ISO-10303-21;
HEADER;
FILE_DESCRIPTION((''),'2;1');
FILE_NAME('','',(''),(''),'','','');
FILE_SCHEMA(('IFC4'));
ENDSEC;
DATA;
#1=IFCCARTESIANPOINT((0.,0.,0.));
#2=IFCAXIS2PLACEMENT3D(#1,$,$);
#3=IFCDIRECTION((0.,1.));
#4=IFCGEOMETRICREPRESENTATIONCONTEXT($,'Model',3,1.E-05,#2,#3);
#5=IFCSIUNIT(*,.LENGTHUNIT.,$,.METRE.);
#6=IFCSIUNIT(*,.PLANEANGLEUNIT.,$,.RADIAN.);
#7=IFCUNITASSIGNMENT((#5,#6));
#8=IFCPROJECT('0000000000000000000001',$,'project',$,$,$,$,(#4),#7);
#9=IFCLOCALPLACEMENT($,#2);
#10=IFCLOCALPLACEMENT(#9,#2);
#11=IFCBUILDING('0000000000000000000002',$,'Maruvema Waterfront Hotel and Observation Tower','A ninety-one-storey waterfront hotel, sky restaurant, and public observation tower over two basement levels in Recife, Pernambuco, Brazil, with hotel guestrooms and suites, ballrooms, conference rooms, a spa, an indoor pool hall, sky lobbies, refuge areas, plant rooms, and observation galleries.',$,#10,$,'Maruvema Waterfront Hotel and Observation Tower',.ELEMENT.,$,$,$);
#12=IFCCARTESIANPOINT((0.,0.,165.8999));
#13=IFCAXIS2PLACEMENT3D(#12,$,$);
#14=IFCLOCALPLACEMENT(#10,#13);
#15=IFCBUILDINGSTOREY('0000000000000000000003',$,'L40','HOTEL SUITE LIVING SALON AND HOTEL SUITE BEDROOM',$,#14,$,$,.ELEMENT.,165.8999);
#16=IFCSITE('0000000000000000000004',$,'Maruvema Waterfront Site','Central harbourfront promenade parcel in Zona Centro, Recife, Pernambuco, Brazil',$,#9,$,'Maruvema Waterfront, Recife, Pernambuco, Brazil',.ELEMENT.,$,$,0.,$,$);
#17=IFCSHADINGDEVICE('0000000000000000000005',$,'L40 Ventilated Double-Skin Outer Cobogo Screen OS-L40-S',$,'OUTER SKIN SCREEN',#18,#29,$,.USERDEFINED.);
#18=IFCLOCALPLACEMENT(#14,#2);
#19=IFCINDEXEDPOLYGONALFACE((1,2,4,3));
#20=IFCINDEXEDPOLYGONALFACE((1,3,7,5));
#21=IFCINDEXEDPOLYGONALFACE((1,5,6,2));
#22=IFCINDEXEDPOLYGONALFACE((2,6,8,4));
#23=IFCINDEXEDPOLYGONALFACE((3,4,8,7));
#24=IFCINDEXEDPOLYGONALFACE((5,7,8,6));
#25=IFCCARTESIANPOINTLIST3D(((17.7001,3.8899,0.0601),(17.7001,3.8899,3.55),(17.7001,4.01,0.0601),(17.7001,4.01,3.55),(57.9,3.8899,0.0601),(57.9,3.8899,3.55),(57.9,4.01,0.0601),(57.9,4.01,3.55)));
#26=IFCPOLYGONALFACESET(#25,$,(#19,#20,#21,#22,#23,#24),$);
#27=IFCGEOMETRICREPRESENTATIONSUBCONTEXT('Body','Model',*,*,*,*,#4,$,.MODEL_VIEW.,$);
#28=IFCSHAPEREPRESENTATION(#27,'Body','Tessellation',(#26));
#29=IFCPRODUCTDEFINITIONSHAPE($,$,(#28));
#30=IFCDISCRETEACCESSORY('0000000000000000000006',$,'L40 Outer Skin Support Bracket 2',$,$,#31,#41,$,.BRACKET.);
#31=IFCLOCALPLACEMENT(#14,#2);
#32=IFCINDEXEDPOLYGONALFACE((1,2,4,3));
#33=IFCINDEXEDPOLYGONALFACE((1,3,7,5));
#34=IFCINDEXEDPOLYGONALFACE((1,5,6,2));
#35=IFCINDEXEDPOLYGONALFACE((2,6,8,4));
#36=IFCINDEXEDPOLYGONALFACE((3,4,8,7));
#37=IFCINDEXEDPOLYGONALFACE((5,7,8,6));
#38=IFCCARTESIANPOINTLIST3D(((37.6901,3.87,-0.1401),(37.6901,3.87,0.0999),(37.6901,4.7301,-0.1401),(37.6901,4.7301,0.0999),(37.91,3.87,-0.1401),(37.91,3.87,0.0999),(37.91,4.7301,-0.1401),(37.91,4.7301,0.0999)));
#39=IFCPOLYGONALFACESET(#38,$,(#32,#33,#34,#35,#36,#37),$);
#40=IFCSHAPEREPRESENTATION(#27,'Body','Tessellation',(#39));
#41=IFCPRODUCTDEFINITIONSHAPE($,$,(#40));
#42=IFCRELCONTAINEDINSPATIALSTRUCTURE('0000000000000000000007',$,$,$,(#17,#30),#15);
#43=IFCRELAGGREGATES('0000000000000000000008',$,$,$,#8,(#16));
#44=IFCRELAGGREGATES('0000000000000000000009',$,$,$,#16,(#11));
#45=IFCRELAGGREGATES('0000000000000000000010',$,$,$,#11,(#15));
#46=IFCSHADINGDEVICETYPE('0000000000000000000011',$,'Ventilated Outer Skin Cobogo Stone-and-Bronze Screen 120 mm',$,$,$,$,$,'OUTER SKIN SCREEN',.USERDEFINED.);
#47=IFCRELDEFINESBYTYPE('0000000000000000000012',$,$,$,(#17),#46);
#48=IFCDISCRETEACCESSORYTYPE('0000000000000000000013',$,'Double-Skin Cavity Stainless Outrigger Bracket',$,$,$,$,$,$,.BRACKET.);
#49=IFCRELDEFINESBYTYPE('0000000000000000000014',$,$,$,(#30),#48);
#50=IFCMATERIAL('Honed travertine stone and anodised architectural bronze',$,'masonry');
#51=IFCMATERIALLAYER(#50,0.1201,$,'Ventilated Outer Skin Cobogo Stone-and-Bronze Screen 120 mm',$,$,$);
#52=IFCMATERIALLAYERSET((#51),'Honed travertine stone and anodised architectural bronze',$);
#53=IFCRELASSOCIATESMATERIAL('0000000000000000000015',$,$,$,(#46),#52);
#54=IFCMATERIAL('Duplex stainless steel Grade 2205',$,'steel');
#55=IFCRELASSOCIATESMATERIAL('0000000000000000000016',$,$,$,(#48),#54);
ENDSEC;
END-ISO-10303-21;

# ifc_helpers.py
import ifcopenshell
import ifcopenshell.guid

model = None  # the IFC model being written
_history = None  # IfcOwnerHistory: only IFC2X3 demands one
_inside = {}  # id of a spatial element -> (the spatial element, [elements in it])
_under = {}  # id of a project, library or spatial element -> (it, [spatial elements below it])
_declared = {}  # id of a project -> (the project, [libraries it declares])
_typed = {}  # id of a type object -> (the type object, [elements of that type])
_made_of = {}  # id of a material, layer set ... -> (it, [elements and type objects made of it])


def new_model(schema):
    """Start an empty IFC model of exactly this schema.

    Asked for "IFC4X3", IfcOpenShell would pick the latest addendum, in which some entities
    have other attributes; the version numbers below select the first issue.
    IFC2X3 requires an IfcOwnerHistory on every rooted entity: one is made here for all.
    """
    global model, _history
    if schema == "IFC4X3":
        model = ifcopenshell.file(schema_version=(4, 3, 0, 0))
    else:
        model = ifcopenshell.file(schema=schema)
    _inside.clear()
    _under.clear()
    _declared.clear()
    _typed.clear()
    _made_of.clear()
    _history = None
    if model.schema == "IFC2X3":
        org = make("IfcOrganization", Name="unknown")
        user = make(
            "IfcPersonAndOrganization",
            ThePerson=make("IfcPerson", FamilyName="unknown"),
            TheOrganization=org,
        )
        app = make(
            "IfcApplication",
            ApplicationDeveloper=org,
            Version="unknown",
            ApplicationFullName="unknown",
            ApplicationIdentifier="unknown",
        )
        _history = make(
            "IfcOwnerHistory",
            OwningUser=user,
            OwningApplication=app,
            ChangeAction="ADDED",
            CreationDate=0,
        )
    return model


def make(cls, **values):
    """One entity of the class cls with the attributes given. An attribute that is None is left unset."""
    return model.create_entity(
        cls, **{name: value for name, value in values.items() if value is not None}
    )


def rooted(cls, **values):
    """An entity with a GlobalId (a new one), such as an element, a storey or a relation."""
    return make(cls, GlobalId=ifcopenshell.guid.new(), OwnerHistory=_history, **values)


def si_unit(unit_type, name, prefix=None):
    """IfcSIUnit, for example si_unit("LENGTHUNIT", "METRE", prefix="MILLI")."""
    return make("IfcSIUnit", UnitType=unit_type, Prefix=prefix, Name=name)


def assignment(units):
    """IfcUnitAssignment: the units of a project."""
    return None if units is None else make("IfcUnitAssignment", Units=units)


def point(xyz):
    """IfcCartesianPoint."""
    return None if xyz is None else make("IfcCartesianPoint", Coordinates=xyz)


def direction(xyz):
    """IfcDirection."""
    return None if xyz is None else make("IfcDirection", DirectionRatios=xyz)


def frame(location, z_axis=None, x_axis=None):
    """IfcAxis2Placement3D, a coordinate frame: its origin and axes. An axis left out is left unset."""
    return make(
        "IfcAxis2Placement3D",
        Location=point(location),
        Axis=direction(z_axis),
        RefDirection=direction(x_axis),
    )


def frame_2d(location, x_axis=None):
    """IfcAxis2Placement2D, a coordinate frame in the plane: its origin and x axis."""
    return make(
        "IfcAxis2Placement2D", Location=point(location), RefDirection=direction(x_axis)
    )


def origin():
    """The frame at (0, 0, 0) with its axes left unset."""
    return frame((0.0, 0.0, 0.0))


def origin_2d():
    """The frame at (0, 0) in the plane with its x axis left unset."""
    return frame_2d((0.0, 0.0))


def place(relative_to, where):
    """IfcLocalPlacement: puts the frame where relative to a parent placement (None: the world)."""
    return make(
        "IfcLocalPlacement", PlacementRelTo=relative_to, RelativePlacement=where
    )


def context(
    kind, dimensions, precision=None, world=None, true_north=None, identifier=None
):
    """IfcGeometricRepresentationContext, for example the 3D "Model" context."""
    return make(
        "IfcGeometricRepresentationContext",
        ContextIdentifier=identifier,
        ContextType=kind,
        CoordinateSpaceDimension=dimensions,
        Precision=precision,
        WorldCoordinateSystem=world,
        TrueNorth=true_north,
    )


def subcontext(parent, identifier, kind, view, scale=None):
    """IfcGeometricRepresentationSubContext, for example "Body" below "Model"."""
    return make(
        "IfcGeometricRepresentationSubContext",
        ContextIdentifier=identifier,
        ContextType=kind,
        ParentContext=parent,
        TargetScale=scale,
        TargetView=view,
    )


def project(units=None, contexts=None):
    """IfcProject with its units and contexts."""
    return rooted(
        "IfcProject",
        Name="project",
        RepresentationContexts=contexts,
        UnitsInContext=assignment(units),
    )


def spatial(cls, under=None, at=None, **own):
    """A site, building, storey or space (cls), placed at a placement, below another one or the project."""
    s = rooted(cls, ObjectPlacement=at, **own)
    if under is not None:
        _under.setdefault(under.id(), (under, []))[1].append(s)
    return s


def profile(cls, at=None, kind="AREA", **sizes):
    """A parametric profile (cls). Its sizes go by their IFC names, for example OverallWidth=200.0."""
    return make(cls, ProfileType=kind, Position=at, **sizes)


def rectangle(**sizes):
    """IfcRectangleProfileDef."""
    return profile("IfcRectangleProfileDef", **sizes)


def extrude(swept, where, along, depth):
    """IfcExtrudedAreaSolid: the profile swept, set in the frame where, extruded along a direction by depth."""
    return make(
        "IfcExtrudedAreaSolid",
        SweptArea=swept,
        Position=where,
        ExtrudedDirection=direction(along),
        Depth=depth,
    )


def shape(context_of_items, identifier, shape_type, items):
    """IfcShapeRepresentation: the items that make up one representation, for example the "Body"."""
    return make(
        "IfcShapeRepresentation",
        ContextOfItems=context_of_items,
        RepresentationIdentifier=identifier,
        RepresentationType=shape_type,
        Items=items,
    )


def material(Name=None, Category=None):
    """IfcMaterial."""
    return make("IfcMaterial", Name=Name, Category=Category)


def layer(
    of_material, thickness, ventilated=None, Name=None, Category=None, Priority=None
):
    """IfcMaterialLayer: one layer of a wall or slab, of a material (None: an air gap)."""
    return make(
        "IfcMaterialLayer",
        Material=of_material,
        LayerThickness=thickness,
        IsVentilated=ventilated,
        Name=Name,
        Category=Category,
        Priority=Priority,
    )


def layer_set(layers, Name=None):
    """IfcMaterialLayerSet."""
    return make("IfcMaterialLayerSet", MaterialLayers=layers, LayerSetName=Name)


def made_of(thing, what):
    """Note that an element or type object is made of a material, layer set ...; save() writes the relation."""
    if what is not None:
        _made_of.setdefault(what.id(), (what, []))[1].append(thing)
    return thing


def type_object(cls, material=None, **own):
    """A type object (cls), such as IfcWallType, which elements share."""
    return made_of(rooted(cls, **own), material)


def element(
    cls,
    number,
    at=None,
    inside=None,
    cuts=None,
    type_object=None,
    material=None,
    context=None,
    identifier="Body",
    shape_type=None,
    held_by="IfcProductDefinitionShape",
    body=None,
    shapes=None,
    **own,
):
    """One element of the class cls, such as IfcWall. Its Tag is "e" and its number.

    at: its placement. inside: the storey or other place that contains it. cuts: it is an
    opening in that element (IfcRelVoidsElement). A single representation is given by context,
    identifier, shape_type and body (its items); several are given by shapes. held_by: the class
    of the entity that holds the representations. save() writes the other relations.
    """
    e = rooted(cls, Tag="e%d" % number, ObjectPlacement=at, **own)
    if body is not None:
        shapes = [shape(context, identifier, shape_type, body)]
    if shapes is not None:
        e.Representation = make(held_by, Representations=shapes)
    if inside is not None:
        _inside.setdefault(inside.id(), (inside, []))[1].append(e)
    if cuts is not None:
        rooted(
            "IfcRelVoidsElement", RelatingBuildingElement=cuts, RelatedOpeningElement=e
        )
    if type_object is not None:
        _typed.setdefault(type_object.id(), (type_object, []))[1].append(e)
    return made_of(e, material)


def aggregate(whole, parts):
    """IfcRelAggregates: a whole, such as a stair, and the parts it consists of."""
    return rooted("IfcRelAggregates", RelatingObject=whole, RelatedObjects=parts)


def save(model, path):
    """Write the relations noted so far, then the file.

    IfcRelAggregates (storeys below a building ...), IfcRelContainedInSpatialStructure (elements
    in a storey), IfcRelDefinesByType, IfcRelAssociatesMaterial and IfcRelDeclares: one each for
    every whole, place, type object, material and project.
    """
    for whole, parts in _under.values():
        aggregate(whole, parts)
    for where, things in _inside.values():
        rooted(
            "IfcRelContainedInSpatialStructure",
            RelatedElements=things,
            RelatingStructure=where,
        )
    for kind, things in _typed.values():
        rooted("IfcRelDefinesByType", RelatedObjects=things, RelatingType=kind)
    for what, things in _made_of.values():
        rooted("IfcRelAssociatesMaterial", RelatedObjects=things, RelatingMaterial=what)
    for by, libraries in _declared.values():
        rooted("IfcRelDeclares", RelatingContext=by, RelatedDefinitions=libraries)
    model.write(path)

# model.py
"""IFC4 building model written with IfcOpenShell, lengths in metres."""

from ifc_helpers import new_model, si_unit, direction, frame, origin, origin_2d, place, context, subcontext, project, spatial, rectangle, extrude, material, layer, layer_set, type_object, element, save


model = new_model("IFC4")

# Units and contexts
model_context = context("Model", 3, precision=1e-05, world=origin(), true_north=direction((0.0, 1.0)))
body_context = subcontext(model_context, "Body", "Model", "MODEL_VIEW")
ifc_project = project(units=[si_unit("LENGTHUNIT", "METRE"), si_unit("PLANEANGLEUNIT", "RADIAN")], contexts=[model_context])

# Site, building, storey
site_placement = place(None, origin())
site = spatial("IfcSite", under=ifc_project, at=site_placement, Name="Maruvema Waterfront Site", Description="Central harbourfront promenade parcel in Zona Centro, Recife, Pernambuco, Brazil", LongName="Maruvema Waterfront, Recife, Pernambuco, Brazil", CompositionType="ELEMENT", RefElevation=0.0)
building_placement = place(site_placement, origin())
building = spatial("IfcBuilding", under=site, at=building_placement, Name="Maruvema Waterfront Hotel and Observation Tower", Description="A ninety-one-storey waterfront hotel, sky restaurant, and public observation tower over two basement levels in Recife, Pernambuco, Brazil, with hotel guestrooms and suites, ballrooms, conference rooms, a spa, an indoor pool hall, sky lobbies, refuge areas, plant rooms, and observation galleries.", LongName="Maruvema Waterfront Hotel and Observation Tower", CompositionType="ELEMENT")
storey_placement = place(building_placement, frame((0.0, 0.0, 165.8999)))
storey = spatial("IfcBuildingStorey", under=building, at=storey_placement, Name="L40", Description="HOTEL SUITE LIVING SALON AND HOTEL SUITE BEDROOM", CompositionType="ELEMENT", Elevation=165.8999)

# Shading device
ifc_material_1 = material(Name="Honed travertine stone and anodised architectural bronze", Category="masonry")
ifc_layer_1 = layer(ifc_material_1, 0.1201, Name="Ventilated Outer Skin Cobogo Stone-and-Bronze Screen 120 mm")
ifc_layer_set_1 = layer_set([ifc_layer_1], Name="Honed travertine stone and anodised architectural bronze")
shading_device_type = type_object("IfcShadingDeviceType", Name="Ventilated Outer Skin Cobogo Stone-and-Bronze Screen 120 mm", ElementType="OUTER SKIN SCREEN", PredefinedType="USERDEFINED", material=ifc_layer_set_1)
shading_device_placement = place(storey_placement, frame((37.8, 3.95, 0.0601), z_axis=(0.0, 0.0, 1.0), x_axis=(1.0, 0.0, 0.0)))
element("IfcShadingDevice", 1, at=shading_device_placement, inside=storey, type_object=shading_device_type, Name="L40 Ventilated Double-Skin Outer Cobogo Screen OS-L40-S", ObjectType="OUTER SKIN SCREEN", PredefinedType="USERDEFINED", context=body_context, shape_type="SweptSolid", body=[
    extrude(rectangle(XDim=40.2, YDim=0.1201, at=origin_2d()), origin(), (0.0, 0.0, 1.0), 3.49),
])

# Discrete accessory
ifc_material_2 = material(Name="Duplex stainless steel Grade 2205", Category="steel")
discrete_accessory_type = type_object("IfcDiscreteAccessoryType", Name="Double-Skin Cavity Stainless Outrigger Bracket", PredefinedType="BRACKET", material=ifc_material_2)
discrete_accessory_placement = place(storey_placement, frame((37.8, 4.3, -0.1401), z_axis=(0.0, 0.0, 1.0), x_axis=(1.0, 0.0, 0.0)))
element("IfcDiscreteAccessory", 2, at=discrete_accessory_placement, inside=storey, type_object=discrete_accessory_type, Name="L40 Outer Skin Support Bracket 2", PredefinedType="BRACKET", context=body_context, shape_type="SweptSolid", body=[
    extrude(rectangle(XDim=0.22, YDim=0.8601, at=origin_2d()), origin(), (0.0, 0.0, 1.0), 0.24),
])

save(model, "model.ifc")
